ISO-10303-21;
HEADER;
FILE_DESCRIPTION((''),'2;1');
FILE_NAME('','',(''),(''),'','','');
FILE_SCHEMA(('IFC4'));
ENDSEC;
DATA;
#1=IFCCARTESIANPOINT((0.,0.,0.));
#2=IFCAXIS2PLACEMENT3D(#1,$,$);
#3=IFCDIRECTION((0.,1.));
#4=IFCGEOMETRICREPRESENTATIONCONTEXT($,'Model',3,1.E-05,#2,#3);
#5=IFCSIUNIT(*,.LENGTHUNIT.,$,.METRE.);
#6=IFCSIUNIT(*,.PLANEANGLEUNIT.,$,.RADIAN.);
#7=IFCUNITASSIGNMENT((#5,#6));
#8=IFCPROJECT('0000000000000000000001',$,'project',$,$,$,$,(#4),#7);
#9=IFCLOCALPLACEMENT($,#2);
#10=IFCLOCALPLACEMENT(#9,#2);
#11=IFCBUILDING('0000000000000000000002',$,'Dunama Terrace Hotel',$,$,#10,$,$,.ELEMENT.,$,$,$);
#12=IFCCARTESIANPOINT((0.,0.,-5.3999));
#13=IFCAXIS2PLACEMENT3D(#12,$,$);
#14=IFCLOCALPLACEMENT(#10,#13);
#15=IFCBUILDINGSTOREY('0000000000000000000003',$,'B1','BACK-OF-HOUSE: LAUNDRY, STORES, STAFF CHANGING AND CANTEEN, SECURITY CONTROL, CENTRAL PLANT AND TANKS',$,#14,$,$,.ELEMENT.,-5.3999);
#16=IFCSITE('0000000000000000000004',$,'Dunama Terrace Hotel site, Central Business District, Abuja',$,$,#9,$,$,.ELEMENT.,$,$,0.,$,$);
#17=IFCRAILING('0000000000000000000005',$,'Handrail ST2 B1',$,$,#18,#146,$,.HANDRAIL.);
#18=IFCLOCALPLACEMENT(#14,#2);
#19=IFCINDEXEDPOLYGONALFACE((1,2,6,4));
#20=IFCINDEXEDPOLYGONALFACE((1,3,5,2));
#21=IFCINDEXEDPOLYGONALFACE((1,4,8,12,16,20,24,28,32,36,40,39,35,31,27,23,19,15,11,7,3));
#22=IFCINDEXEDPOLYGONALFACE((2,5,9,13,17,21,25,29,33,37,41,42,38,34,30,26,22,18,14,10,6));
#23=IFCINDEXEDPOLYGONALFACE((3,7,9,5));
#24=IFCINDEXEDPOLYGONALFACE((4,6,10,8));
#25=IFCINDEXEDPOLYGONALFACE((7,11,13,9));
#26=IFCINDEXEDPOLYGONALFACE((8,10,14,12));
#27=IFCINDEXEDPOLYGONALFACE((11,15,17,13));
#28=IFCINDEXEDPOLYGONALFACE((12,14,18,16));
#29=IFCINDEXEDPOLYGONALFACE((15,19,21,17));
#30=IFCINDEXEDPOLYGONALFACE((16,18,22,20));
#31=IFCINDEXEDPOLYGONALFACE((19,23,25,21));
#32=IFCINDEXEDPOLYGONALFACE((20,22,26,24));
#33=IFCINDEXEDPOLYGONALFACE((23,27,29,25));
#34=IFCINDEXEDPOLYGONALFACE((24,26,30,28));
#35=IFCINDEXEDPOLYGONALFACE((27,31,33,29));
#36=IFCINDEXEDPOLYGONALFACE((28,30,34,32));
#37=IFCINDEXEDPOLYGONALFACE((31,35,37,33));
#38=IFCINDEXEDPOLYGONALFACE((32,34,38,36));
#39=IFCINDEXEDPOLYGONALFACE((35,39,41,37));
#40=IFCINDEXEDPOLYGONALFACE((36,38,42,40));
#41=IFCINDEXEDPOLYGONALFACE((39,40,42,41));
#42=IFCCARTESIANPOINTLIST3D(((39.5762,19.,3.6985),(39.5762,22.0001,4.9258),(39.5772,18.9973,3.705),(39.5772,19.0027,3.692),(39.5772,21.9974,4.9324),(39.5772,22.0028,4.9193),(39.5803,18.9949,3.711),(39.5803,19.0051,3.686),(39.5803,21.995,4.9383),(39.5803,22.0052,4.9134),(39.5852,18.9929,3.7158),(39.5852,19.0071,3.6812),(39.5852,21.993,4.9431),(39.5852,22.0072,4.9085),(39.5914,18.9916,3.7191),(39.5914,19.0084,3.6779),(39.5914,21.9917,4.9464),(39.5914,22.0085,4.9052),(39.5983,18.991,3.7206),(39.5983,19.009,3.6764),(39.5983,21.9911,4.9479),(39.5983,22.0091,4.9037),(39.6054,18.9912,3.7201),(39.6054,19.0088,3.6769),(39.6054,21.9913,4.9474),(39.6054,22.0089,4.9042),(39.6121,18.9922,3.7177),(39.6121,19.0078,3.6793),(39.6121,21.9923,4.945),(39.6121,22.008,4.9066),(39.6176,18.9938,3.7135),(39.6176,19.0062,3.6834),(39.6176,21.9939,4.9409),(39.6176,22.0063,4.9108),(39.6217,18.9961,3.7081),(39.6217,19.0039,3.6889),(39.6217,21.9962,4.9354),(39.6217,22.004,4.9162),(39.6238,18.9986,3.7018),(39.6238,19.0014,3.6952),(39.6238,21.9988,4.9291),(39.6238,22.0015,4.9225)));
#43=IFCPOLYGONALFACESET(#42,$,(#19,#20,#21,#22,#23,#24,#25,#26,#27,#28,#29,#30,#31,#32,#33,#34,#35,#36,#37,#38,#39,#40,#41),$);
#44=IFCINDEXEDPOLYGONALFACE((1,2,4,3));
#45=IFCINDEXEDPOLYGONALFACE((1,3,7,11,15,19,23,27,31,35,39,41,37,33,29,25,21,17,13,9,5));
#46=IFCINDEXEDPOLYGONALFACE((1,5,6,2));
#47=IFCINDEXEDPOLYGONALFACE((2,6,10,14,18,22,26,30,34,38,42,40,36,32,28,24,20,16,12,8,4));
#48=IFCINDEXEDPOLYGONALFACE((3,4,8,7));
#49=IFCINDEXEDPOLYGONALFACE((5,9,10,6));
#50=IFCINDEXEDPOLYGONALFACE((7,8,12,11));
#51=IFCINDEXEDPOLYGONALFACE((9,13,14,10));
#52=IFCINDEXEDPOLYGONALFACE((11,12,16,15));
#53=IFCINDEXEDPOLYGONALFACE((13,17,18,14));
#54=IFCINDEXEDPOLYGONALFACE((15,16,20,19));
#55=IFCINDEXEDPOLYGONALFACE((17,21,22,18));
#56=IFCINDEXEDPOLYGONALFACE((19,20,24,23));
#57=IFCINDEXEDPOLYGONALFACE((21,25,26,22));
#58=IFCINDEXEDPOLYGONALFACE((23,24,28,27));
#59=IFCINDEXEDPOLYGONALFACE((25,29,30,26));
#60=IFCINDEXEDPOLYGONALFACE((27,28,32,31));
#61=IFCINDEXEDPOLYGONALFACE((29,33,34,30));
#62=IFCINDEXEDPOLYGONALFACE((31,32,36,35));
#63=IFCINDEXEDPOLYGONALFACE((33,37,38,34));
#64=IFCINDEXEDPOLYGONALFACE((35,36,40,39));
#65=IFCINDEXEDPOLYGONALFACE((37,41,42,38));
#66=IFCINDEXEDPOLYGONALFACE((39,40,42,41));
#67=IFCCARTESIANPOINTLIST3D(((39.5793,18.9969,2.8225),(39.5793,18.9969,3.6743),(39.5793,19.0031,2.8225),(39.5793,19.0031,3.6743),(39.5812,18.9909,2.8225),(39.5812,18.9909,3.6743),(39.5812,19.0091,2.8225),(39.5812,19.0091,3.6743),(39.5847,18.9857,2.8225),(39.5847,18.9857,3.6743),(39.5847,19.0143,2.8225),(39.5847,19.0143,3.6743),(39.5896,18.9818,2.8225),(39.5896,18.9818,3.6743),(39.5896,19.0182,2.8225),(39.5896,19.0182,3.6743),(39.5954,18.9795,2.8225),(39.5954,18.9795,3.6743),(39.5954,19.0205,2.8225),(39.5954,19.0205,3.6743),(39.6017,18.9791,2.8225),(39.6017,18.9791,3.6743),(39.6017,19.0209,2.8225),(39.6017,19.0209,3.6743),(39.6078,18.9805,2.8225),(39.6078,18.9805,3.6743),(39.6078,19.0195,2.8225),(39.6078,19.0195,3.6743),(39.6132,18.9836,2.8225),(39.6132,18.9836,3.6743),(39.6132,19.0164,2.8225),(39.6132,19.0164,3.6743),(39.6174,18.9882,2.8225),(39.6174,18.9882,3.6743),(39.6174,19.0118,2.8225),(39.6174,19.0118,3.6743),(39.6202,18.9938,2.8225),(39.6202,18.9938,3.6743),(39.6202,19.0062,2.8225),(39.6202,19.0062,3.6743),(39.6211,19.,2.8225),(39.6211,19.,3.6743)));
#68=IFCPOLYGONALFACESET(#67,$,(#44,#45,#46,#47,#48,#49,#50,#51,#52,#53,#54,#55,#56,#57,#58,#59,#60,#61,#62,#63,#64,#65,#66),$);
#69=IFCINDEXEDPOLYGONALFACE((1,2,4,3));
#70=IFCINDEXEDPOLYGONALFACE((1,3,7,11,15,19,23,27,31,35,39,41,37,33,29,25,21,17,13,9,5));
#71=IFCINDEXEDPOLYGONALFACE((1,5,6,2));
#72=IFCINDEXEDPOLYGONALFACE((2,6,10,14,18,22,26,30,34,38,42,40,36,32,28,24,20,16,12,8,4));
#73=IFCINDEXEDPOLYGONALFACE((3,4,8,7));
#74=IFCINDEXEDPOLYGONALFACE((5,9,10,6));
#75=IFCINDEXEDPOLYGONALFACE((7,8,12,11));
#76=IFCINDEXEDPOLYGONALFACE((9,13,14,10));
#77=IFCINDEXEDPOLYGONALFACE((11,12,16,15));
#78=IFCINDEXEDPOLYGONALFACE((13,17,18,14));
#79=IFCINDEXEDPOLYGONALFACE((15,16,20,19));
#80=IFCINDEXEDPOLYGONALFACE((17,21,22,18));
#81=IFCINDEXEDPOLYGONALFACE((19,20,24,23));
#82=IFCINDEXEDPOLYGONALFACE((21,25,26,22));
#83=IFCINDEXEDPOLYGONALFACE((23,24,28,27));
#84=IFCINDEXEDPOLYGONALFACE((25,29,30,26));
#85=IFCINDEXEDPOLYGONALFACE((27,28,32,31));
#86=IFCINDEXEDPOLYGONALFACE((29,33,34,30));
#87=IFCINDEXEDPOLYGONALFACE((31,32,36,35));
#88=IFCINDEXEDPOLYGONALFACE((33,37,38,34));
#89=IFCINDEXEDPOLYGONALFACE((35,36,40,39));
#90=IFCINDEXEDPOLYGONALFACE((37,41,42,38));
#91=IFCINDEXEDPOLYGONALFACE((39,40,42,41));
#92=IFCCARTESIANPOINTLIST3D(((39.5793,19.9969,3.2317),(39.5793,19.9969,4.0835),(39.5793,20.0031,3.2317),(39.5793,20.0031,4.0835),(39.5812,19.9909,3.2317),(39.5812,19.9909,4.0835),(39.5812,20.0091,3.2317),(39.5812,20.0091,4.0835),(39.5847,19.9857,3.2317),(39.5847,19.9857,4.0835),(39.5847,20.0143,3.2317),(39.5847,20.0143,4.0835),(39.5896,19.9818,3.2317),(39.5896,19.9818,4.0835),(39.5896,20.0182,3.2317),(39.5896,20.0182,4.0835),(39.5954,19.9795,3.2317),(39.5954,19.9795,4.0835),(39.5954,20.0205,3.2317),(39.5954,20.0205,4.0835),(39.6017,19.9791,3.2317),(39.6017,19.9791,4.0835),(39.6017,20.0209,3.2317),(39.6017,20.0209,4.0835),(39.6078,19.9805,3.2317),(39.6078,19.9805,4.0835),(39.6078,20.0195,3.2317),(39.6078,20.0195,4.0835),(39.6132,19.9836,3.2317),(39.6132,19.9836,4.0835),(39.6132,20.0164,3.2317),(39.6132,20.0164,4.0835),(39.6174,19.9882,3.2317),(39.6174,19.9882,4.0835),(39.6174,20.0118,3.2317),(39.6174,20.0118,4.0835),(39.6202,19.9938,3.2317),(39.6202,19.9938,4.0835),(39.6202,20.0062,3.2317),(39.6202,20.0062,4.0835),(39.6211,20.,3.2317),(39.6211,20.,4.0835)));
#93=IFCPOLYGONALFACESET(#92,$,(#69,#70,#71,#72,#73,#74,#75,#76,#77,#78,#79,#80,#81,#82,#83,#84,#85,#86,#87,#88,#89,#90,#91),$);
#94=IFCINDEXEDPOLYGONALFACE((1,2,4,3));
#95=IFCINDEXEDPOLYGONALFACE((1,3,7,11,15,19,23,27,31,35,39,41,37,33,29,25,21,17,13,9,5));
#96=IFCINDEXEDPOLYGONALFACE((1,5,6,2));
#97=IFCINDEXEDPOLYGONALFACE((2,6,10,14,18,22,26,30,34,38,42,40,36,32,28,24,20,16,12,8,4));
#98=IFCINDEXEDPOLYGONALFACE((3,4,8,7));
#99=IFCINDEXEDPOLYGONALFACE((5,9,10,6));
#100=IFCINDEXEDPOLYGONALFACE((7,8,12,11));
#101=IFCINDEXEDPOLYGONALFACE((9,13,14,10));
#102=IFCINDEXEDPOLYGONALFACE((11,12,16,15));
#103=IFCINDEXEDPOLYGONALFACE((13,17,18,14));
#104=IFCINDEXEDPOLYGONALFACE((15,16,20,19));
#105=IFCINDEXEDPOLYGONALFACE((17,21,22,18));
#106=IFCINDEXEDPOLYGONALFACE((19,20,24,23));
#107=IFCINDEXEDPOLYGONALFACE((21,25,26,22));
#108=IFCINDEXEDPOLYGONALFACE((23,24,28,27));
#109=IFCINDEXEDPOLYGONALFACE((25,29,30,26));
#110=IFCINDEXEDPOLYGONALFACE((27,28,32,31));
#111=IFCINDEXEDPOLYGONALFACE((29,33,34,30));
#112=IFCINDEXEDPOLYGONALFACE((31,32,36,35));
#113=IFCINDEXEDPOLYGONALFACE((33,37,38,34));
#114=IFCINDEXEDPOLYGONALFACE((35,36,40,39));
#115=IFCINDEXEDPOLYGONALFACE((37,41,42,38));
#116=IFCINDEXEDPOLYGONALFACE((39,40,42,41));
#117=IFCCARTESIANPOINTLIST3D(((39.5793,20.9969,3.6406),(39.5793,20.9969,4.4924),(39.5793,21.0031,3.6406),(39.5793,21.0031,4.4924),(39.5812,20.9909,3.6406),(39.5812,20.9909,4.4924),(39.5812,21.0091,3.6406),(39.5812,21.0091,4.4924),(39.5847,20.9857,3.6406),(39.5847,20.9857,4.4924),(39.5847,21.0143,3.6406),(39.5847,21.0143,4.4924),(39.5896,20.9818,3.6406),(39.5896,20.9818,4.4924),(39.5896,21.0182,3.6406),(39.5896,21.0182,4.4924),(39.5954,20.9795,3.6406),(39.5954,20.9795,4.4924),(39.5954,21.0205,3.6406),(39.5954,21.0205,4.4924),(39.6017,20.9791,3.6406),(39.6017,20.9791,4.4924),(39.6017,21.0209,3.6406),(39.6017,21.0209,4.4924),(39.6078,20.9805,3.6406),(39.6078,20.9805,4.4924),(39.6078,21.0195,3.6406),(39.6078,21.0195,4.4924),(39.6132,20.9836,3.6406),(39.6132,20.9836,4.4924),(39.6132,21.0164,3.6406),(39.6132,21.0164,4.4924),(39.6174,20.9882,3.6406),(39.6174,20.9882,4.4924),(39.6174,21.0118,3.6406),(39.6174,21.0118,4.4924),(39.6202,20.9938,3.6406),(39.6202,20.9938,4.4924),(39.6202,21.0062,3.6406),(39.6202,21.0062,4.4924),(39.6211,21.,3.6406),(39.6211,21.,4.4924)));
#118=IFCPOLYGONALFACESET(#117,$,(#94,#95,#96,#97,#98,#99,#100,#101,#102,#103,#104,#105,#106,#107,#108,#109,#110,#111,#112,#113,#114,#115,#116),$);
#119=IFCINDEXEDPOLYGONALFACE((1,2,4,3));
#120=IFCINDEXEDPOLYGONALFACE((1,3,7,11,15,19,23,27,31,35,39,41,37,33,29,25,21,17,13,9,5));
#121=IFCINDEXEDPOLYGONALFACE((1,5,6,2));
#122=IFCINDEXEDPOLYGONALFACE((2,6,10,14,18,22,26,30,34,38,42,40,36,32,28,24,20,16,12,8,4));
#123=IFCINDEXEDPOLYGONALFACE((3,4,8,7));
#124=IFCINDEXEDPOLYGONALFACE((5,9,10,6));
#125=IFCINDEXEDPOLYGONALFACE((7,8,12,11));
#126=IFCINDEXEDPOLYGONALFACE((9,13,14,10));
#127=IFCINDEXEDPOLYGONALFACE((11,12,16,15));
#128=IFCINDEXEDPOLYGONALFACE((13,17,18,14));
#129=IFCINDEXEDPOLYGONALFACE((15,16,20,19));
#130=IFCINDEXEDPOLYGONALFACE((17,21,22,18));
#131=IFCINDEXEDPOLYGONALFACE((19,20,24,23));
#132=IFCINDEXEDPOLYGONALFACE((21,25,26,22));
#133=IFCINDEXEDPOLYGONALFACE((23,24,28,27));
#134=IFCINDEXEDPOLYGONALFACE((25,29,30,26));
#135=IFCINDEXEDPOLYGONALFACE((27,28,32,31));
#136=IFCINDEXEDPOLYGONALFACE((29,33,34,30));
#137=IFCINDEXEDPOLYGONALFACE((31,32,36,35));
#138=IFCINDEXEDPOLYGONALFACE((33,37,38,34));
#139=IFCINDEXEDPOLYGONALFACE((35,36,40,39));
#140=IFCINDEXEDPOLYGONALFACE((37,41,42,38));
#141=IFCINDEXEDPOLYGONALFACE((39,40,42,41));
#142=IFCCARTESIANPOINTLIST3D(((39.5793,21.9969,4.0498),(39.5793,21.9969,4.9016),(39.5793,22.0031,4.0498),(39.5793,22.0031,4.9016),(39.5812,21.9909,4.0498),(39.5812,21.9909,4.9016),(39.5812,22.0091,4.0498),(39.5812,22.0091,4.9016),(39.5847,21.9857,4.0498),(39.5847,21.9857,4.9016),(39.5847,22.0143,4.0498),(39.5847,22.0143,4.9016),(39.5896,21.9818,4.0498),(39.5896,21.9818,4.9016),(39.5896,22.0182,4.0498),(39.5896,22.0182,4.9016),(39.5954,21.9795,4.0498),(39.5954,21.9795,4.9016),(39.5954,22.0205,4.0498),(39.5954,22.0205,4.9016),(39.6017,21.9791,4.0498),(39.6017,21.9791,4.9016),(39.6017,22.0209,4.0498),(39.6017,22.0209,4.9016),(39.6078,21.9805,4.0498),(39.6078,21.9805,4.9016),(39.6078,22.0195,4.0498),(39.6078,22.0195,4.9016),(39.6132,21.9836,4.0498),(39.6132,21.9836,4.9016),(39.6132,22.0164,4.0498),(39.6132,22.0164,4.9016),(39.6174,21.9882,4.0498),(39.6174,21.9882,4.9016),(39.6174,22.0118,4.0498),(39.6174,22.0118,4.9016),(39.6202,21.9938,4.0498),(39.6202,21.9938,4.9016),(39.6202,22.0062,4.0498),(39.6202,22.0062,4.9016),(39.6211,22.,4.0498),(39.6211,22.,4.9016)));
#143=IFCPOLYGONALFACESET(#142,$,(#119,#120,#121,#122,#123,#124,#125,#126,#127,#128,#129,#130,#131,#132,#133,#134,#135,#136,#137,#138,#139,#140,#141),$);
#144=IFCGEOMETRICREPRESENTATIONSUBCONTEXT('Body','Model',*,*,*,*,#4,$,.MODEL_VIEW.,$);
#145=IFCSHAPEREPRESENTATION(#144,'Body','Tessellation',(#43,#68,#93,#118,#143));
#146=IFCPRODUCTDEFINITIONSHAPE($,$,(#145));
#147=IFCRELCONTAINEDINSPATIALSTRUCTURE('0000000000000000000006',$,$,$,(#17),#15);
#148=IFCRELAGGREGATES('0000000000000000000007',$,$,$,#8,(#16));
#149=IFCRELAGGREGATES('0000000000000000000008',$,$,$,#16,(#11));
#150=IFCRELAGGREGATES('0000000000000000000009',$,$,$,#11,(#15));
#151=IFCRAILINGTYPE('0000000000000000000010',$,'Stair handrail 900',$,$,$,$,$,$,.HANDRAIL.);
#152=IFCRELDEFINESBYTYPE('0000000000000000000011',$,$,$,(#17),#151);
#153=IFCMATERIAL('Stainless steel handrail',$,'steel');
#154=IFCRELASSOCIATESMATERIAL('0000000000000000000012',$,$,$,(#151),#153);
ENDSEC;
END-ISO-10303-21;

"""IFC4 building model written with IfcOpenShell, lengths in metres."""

from ifc_helpers import new_model, si_unit, direction, frame, origin, origin_2d, place, context, subcontext, project, spatial, circle, extrude, material, type_object, element, save


model = new_model("IFC4")

# Units and contexts
model_context = context("Model", 3, precision=1e-05, world=origin(), true_north=direction((0.0, 1.0)))
body_context = subcontext(model_context, "Body", "Model", "MODEL_VIEW")
ifc_project = project(units=[si_unit("LENGTHUNIT", "METRE"), si_unit("PLANEANGLEUNIT", "RADIAN")], contexts=[model_context])

# Site, building, storey
site_placement = place(None, origin())
site = spatial("IfcSite", under=ifc_project, at=site_placement, Name="Dunama Terrace Hotel site, Central Business District, Abuja", CompositionType="ELEMENT", RefElevation=0.0)
building_placement = place(site_placement, origin())
building = spatial("IfcBuilding", under=site, at=building_placement, Name="Dunama Terrace Hotel", CompositionType="ELEMENT")
storey_placement = place(building_placement, frame((0.0, 0.0, -5.3999)))
storey = spatial("IfcBuildingStorey", under=building, at=storey_placement, Name="B1", Description="BACK-OF-HOUSE: LAUNDRY, STORES, STAFF CHANGING AND CANTEEN, SECURITY CONTROL, CENTRAL PLANT AND TANKS", CompositionType="ELEMENT", Elevation=-5.3999)

# Railing
ifc_material_1 = material(Name="Stainless steel handrail", Category="steel")
railing_type = type_object("IfcRailingType", Name="Stair handrail 900", PredefinedType="HANDRAIL", material=ifc_material_1)
railing_1_placement = place(storey_placement, frame((39.6001, 19.0, 2.8225)))
element("IfcRailing", 1, at=railing_1_placement, inside=storey, type_object=railing_type, Name="Handrail ST2 B1", PredefinedType="HANDRAIL", context=body_context, shape_type="SweptSolid", body=[
    extrude(circle(Radius=0.0239, at=origin_2d()), frame((0.0, 0.0, 0.876), z_axis=(0.0, 0.925545, 0.378639), x_axis=(-1.0, 0.0, 0.0)), (0.0, 0.0, 1.0), 3.2415),
    extrude(circle(Radius=0.021, at=origin_2d()), origin(), (0.0, 0.0, 1.0), 0.8518),
    extrude(circle(Radius=0.021, at=origin_2d()), frame((0.0, 1.0, 0.4092)), (0.0, 0.0, 1.0), 0.8518),
    extrude(circle(Radius=0.021, at=origin_2d()), frame((0.0, 2.0, 0.8181)), (0.0, 0.0, 1.0), 0.8518),
    extrude(circle(Radius=0.021, at=origin_2d()), frame((0.0, 3.0, 1.2273)), (0.0, 0.0, 1.0), 0.8518),
])

save(model, "model.ifc")
